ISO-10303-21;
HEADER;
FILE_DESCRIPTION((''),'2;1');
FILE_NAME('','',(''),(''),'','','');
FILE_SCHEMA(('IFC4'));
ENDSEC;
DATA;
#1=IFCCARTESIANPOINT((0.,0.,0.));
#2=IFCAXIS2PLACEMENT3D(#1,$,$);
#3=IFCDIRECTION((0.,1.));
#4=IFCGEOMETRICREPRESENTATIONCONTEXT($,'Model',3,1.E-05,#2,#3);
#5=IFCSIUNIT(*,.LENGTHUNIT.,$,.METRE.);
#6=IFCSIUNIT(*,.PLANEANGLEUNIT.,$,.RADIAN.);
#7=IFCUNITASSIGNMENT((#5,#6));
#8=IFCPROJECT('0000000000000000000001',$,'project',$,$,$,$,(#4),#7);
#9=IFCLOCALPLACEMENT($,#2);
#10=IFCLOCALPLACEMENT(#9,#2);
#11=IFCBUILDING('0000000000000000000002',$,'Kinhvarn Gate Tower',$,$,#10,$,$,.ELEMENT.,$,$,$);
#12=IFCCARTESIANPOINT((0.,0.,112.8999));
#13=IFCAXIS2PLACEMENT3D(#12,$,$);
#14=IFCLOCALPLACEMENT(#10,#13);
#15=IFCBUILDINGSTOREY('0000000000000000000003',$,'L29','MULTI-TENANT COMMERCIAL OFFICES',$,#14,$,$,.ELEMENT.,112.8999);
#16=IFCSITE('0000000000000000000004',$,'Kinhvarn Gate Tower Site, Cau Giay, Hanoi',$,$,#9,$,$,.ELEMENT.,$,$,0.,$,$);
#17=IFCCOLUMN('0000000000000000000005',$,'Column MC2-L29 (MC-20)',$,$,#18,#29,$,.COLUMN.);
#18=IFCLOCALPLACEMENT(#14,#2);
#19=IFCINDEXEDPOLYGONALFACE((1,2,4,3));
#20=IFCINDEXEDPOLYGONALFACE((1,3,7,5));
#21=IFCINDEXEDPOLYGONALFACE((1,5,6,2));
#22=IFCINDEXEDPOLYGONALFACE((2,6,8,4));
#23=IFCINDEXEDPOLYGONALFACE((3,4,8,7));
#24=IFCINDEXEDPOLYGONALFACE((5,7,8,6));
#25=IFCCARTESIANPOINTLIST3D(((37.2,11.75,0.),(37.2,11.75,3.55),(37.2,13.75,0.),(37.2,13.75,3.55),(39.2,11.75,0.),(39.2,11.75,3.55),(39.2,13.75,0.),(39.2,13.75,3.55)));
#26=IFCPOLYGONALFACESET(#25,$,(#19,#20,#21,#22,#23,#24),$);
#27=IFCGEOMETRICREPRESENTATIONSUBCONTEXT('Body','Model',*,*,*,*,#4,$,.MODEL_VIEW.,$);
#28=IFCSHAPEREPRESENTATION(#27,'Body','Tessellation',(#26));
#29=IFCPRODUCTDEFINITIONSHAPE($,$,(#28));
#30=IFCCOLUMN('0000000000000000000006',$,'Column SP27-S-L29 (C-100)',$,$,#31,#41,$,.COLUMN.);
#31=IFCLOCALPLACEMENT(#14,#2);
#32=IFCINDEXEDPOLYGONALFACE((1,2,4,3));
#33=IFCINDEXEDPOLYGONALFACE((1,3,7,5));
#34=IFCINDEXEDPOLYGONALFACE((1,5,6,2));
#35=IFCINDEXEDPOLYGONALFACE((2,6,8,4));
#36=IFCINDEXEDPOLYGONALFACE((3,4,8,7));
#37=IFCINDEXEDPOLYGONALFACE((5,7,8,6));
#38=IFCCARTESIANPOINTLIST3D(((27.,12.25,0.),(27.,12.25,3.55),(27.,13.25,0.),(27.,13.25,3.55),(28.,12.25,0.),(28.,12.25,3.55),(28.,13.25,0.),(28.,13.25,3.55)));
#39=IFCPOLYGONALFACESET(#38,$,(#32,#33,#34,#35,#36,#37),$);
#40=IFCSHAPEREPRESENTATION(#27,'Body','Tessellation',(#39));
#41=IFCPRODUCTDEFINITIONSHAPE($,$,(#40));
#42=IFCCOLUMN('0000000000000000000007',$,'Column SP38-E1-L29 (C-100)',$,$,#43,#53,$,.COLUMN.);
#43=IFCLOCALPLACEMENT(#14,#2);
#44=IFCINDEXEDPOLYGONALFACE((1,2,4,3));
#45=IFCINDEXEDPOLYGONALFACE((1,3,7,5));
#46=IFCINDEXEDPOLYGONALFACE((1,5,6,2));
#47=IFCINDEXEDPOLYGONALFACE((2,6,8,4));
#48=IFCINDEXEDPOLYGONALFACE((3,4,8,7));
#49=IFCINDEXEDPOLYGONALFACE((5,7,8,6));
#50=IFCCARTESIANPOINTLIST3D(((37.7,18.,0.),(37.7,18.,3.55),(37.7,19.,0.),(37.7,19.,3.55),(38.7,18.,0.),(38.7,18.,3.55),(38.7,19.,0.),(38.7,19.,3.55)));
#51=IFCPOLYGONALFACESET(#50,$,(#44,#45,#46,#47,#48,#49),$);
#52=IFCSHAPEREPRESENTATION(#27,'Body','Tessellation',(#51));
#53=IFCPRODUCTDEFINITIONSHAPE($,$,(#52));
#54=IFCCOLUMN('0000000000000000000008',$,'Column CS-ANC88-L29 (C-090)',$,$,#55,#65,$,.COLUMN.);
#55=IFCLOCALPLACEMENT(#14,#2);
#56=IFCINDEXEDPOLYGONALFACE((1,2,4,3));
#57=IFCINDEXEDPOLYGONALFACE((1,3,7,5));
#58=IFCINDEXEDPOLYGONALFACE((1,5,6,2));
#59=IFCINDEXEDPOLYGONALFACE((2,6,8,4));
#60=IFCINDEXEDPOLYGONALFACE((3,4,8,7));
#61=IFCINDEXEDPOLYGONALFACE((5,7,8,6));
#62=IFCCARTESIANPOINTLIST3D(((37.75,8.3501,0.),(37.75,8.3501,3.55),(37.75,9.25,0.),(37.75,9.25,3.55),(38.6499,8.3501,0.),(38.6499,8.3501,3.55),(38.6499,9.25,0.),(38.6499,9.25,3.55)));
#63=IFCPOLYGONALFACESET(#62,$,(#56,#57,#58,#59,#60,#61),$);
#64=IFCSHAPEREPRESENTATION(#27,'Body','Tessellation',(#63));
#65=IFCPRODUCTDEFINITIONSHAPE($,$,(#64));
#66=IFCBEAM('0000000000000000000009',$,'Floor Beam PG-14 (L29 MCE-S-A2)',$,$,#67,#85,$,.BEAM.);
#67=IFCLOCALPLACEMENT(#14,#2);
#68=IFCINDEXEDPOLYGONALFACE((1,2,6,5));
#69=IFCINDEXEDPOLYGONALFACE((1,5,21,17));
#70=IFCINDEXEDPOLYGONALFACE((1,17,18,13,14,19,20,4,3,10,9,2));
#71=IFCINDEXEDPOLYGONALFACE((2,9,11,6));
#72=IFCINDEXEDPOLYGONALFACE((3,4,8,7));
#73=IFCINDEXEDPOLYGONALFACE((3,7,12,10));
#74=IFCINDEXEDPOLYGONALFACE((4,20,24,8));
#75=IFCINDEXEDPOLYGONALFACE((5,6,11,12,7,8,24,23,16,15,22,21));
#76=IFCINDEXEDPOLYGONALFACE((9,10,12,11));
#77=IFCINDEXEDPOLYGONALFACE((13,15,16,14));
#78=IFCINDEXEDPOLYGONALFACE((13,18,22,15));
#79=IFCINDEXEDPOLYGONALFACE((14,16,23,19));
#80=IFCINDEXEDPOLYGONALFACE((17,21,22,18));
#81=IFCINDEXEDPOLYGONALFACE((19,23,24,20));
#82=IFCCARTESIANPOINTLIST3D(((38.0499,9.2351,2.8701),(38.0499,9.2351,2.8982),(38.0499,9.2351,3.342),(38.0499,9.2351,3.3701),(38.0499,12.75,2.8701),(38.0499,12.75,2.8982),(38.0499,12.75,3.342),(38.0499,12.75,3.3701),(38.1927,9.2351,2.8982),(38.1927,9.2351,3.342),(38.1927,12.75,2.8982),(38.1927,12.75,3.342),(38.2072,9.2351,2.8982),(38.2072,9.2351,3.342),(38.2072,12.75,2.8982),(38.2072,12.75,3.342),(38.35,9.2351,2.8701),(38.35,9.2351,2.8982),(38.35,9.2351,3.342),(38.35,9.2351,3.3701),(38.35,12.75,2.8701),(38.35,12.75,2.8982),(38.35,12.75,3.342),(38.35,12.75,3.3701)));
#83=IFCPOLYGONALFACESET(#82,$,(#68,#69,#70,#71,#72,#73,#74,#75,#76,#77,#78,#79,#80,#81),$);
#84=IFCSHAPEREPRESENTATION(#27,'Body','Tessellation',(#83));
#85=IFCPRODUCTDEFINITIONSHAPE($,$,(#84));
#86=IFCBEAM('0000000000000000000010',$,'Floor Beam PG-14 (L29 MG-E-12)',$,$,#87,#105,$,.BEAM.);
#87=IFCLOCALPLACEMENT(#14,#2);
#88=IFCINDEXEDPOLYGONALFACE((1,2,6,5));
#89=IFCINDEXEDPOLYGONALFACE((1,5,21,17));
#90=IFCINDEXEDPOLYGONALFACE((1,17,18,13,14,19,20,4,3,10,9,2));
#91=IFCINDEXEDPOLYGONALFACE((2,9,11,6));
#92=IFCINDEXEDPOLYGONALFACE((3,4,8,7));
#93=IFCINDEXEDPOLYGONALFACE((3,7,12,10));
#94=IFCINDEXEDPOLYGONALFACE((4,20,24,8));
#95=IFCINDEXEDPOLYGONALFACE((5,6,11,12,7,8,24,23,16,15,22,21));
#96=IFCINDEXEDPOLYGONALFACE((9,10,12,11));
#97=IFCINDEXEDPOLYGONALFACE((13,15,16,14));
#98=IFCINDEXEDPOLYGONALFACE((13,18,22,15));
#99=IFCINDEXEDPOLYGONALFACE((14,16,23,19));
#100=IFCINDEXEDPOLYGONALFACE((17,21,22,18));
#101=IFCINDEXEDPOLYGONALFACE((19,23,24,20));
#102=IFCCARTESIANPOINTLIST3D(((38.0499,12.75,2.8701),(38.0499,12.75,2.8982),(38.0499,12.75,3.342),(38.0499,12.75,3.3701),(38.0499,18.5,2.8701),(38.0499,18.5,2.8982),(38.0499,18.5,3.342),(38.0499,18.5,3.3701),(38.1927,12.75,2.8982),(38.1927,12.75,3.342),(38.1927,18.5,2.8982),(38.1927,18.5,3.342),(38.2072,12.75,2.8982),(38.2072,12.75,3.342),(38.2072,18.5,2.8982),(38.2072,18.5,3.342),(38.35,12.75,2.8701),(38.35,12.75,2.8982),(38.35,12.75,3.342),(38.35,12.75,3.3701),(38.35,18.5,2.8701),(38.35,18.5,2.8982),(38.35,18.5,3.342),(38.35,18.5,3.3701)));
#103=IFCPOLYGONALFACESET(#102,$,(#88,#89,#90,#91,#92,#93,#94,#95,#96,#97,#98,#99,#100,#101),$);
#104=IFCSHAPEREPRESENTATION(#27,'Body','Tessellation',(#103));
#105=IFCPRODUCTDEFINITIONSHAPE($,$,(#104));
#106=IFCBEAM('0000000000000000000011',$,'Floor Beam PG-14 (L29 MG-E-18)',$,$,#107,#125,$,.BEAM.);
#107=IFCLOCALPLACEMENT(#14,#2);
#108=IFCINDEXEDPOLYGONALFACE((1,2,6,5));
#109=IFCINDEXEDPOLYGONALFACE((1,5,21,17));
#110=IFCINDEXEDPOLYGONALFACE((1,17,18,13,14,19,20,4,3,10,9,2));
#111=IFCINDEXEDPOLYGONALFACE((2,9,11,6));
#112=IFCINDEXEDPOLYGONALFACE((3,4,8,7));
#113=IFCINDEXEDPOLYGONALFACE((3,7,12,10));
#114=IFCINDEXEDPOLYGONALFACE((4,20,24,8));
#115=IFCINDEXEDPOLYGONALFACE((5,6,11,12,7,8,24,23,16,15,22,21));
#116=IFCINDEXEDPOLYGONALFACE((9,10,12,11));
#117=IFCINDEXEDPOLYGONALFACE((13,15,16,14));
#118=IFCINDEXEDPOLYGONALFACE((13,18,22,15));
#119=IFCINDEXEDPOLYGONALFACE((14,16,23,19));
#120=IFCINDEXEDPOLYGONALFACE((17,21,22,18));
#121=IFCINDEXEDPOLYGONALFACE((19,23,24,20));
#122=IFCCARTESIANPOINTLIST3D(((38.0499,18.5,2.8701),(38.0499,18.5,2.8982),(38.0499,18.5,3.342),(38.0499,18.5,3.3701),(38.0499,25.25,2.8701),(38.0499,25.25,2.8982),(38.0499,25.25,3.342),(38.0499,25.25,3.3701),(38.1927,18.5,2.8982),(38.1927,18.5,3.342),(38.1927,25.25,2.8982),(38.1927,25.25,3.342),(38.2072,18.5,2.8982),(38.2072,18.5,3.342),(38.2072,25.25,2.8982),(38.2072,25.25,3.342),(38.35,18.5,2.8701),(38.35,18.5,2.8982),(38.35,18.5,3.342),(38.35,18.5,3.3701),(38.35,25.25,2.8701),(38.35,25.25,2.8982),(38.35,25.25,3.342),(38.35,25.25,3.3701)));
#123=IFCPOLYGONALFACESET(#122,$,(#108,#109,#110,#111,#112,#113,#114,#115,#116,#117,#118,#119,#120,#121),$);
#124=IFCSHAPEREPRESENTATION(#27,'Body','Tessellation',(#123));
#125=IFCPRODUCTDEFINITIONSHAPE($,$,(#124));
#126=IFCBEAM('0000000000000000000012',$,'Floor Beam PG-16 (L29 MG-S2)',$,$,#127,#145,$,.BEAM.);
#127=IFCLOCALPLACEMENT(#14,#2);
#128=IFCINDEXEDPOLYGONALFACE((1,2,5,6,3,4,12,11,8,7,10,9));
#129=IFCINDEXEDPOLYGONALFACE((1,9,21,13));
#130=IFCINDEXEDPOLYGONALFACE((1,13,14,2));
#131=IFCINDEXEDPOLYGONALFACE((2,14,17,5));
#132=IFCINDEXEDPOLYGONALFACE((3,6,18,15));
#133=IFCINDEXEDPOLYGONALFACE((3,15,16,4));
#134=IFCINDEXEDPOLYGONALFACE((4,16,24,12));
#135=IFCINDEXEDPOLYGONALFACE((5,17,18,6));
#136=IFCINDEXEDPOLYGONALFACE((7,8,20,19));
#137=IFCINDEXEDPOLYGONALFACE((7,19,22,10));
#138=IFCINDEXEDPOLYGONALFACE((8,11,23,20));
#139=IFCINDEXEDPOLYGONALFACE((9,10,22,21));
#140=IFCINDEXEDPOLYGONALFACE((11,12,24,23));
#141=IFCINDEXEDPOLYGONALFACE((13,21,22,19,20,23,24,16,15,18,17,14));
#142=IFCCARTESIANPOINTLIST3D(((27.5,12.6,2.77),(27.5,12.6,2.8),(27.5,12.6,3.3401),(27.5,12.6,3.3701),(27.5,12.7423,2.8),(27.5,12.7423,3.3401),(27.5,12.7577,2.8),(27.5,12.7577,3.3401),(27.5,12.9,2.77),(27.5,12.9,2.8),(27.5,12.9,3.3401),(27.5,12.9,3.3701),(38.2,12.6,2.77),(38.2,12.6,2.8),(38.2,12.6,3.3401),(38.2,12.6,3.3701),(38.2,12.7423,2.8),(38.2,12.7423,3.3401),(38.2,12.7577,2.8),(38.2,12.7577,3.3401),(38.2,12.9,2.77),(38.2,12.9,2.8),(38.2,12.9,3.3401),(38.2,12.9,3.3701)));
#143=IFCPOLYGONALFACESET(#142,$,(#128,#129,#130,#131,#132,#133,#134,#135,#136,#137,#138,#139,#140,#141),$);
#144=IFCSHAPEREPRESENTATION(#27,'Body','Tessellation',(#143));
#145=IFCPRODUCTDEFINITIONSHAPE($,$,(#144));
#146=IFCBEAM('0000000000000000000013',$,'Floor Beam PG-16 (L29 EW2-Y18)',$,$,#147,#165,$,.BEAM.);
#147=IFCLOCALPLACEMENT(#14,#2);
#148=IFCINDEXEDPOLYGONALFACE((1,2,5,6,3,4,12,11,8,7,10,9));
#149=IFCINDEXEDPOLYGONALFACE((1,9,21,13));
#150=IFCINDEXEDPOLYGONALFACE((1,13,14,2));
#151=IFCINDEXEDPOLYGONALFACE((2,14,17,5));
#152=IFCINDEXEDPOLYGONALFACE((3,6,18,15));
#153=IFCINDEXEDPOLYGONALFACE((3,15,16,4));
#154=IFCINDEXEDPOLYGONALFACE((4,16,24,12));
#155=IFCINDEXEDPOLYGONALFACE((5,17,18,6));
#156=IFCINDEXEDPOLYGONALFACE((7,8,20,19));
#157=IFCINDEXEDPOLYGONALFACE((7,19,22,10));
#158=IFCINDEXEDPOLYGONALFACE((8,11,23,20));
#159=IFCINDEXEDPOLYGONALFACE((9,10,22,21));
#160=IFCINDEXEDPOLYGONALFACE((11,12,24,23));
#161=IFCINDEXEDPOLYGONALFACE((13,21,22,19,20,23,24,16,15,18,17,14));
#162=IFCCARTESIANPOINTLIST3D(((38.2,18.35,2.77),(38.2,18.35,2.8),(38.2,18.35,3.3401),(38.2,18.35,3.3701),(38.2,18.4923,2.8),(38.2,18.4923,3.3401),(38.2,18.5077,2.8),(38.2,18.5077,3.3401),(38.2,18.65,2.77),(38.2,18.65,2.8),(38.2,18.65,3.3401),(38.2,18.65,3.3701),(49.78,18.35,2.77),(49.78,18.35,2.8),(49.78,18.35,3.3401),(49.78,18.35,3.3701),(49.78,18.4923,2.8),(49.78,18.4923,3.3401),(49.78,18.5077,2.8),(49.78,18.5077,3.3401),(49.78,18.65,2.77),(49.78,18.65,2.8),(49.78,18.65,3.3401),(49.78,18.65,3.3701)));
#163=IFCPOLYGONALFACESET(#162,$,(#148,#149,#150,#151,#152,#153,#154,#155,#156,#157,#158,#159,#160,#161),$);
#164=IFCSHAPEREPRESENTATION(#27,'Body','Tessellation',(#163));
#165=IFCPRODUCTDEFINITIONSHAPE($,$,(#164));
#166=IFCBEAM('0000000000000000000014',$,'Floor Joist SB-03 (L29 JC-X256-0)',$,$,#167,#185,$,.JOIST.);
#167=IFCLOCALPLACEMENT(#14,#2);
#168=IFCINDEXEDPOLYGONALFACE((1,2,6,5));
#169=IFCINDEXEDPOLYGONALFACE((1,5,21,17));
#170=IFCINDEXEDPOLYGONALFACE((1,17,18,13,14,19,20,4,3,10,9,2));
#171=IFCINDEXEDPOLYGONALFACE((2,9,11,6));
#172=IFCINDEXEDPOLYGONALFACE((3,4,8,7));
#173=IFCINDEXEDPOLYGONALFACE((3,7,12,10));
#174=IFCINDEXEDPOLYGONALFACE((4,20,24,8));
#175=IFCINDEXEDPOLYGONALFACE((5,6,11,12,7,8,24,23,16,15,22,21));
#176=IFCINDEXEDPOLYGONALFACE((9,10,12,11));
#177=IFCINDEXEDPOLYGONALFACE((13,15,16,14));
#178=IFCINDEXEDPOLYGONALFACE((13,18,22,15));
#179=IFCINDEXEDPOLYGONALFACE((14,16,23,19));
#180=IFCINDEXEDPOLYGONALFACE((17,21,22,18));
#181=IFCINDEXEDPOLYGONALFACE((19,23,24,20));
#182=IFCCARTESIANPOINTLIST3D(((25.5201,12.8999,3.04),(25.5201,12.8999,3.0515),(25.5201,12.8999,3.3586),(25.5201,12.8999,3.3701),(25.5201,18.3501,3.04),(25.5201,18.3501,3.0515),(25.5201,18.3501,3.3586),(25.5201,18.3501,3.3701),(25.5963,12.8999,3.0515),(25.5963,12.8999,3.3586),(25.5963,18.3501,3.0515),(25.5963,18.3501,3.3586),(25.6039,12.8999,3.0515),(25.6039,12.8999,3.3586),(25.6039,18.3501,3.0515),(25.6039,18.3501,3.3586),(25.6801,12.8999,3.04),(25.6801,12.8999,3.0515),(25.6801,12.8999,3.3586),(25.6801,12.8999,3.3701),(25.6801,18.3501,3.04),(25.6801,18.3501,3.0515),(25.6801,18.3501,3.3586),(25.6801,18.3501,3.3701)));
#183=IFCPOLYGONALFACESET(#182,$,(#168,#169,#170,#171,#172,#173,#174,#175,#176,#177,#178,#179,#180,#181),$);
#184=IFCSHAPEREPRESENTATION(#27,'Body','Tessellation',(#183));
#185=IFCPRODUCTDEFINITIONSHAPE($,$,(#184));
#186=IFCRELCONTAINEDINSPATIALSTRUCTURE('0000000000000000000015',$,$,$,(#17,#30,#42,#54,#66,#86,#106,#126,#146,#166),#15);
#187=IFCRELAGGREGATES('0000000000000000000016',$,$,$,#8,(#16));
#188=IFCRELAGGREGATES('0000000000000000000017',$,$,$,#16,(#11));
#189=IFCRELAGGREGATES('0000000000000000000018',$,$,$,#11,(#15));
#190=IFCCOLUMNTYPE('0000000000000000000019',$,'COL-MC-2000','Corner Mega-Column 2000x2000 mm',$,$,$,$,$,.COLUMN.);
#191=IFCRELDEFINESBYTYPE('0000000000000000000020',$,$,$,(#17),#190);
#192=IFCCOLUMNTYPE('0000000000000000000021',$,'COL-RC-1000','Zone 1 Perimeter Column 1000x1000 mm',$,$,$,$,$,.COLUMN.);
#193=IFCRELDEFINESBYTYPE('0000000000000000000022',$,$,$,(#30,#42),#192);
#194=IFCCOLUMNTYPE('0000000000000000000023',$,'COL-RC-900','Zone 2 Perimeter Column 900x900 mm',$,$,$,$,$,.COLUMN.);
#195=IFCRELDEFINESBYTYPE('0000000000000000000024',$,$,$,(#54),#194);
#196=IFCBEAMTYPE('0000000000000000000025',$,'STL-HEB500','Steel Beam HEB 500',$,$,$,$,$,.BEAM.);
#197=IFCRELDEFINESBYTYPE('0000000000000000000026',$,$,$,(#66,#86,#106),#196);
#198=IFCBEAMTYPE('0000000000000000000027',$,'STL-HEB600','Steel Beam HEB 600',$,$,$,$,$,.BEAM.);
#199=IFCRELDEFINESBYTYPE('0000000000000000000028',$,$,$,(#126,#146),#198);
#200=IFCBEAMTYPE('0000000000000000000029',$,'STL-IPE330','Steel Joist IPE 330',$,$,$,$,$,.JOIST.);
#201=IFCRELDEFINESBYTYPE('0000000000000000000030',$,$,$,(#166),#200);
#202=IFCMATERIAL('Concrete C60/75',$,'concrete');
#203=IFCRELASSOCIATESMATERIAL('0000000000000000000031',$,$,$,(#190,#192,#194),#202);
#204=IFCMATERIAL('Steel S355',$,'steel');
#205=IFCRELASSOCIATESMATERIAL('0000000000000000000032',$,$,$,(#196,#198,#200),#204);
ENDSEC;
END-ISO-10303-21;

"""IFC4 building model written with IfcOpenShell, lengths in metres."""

from ifc_helpers import new_model, si_unit, direction, frame, origin, origin_2d, place, context, subcontext, project, spatial, rectangle, i_section, extrude, material, material_profile, profile_set, type_object, element, save


model = new_model("IFC4")

# Units and contexts
model_context = context("Model", 3, precision=1e-05, world=origin(), true_north=direction((0.0, 1.0)))
body_context = subcontext(model_context, "Body", "Model", "MODEL_VIEW")
ifc_project = project(units=[si_unit("LENGTHUNIT", "METRE"), si_unit("PLANEANGLEUNIT", "RADIAN")], contexts=[model_context])

# Site, building, storey
site_placement = place(None, origin())
site = spatial("IfcSite", under=ifc_project, at=site_placement, Name="Kinhvarn Gate Tower Site, Cau Giay, Hanoi", CompositionType="ELEMENT", RefElevation=0.0)
building_placement = place(site_placement, origin())
building = spatial("IfcBuilding", under=site, at=building_placement, Name="Kinhvarn Gate Tower", CompositionType="ELEMENT")
storey_placement = place(building_placement, frame((0.0, 0.0, 112.8999)))
storey = spatial("IfcBuildingStorey", under=building, at=storey_placement, Name="L29", Description="MULTI-TENANT COMMERCIAL OFFICES", CompositionType="ELEMENT", Elevation=112.8999)

# Columns
ifc_material_1 = material(Name="Concrete C60/75", Category="concrete")
ifc_material_profile_1 = material_profile(ifc_material_1, rectangle(XDim=2.0, YDim=2.0, at=origin_2d()), Name="RC 2000x2000")
ifc_profile_set_1 = profile_set([ifc_material_profile_1], Name="Concrete C60/75")
column_type_1 = type_object("IfcColumnType", Name="COL-MC-2000", Description="Corner Mega-Column 2000x2000 mm", PredefinedType="COLUMN", material=ifc_profile_set_1)
column_1_placement = place(storey_placement, frame((38.2, 12.75, 0.0), z_axis=(0.0, 0.0, 1.0), x_axis=(1.0, 0.0, 0.0)))
element("IfcColumn", 1, at=column_1_placement, inside=storey, type_object=column_type_1, Name="Column MC2-L29 (MC-20)", PredefinedType="COLUMN", context=body_context, shape_type="SweptSolid", body=[
    extrude(rectangle(XDim=2.0, YDim=2.0, at=origin_2d()), origin(), (0.0, 0.0, 1.0), 3.55),
])
ifc_material_profile_2 = material_profile(ifc_material_1, rectangle(XDim=1.0, YDim=1.0, at=origin_2d()), Name="RC 1000x1000")
ifc_profile_set_2 = profile_set([ifc_material_profile_2], Name="Concrete C60/75")
column_type_2 = type_object("IfcColumnType", Name="COL-RC-1000", Description="Zone 1 Perimeter Column 1000x1000 mm", PredefinedType="COLUMN", material=ifc_profile_set_2)
for number, where, z_axis, x_axis, name in (
    (2, (27.5, 12.75, 0.0), (0.0, 0.0, 1.0), (1.0, 0.0, 0.0), "Column SP27-S-L29 (C-100)"),
    (3, (38.2, 18.5, 0.0), (0.0, 0.0, 1.0), (1.0, 0.0, 0.0), "Column SP38-E1-L29 (C-100)"),
):
    element("IfcColumn", number, at=place(storey_placement, frame(where, z_axis=z_axis, x_axis=x_axis)), inside=storey, type_object=column_type_2, Name=name, PredefinedType="COLUMN", context=body_context, shape_type="SweptSolid", body=[
        extrude(rectangle(XDim=1.0, YDim=1.0, at=origin_2d()), origin(), (0.0, 0.0, 1.0), 3.55),
    ])
ifc_material_profile_3 = material_profile(ifc_material_1, rectangle(XDim=0.8999, YDim=0.8999, at=origin_2d()), Name="RC 900x900")
ifc_profile_set_3 = profile_set([ifc_material_profile_3], Name="Concrete C60/75")
column_type_3 = type_object("IfcColumnType", Name="COL-RC-900", Description="Zone 2 Perimeter Column 900x900 mm", PredefinedType="COLUMN", material=ifc_profile_set_3)
column_2_placement = place(storey_placement, frame((38.2, 8.8, 0.0), z_axis=(0.0, 0.0, 1.0), x_axis=(1.0, 0.0, 0.0)))
element("IfcColumn", 4, at=column_2_placement, inside=storey, type_object=column_type_3, Name="Column CS-ANC88-L29 (C-090)", PredefinedType="COLUMN", context=body_context, shape_type="SweptSolid", body=[
    extrude(rectangle(XDim=0.8999, YDim=0.8999, at=origin_2d()), origin(), (0.0, 0.0, 1.0), 3.55),
])

# Beams
ifc_material_2 = material(Name="Steel S355", Category="steel")
ifc_material_profile_4 = material_profile(ifc_material_2, i_section(OverallWidth=0.3, OverallDepth=0.5, WebThickness=0.0144, FlangeThickness=0.0281, at=origin_2d()), Name="HEB 500")
ifc_profile_set_4 = profile_set([ifc_material_profile_4], Name="Steel S355")
beam_type_1 = type_object("IfcBeamType", Name="STL-HEB500", Description="Steel Beam HEB 500", PredefinedType="BEAM", material=ifc_profile_set_4)
beam_1_placement = place(storey_placement, frame((38.2, 9.2351, 3.1201), z_axis=(0.0, 1.0, 0.0), x_axis=(-1.0, 0.0, 0.0)))
element("IfcBeam", 5, at=beam_1_placement, inside=storey, type_object=beam_type_1, Name="Floor Beam PG-14 (L29 MCE-S-A2)", PredefinedType="BEAM", context=body_context, shape_type="SweptSolid", body=[
    extrude(i_section(OverallWidth=0.3, OverallDepth=0.5, WebThickness=0.0144, FlangeThickness=0.0281, at=origin_2d()), origin(), (0.0, 0.0, 1.0), 3.5149),
])
beam_2_placement = place(storey_placement, frame((38.2, 12.75, 3.1201), z_axis=(0.0, 1.0, 0.0), x_axis=(-1.0, 0.0, 0.0)))
element("IfcBeam", 6, at=beam_2_placement, inside=storey, type_object=beam_type_1, Name="Floor Beam PG-14 (L29 MG-E-12)", PredefinedType="BEAM", context=body_context, shape_type="SweptSolid", body=[
    extrude(i_section(OverallWidth=0.3, OverallDepth=0.5, WebThickness=0.0144, FlangeThickness=0.0281, at=origin_2d()), origin(), (0.0, 0.0, 1.0), 5.75),
])
beam_3_placement = place(storey_placement, frame((38.2, 18.5, 3.1201), z_axis=(0.0, 1.0, 0.0), x_axis=(-1.0, 0.0, 0.0)))
element("IfcBeam", 7, at=beam_3_placement, inside=storey, type_object=beam_type_1, Name="Floor Beam PG-14 (L29 MG-E-18)", PredefinedType="BEAM", context=body_context, shape_type="SweptSolid", body=[
    extrude(i_section(OverallWidth=0.3, OverallDepth=0.5, WebThickness=0.0144, FlangeThickness=0.0281, at=origin_2d()), origin(), (0.0, 0.0, 1.0), 6.75),
])
ifc_material_profile_5 = material_profile(ifc_material_2, i_section(OverallWidth=0.3, OverallDepth=0.6001, WebThickness=0.0154, FlangeThickness=0.03, at=origin_2d()), Name="HEB 600")
ifc_profile_set_5 = profile_set([ifc_material_profile_5], Name="Steel S355")
beam_type_2 = type_object("IfcBeamType", Name="STL-HEB600", Description="Steel Beam HEB 600", PredefinedType="BEAM", material=ifc_profile_set_5)
beam_4_placement = place(storey_placement, frame((27.5, 12.75, 3.0701), z_axis=(1.0, 0.0, 0.0), x_axis=(0.0, 1.0, 0.0)))
element("IfcBeam", 8, at=beam_4_placement, inside=storey, type_object=beam_type_2, Name="Floor Beam PG-16 (L29 MG-S2)", PredefinedType="BEAM", context=body_context, shape_type="SweptSolid", body=[
    extrude(i_section(OverallWidth=0.3, OverallDepth=0.6001, WebThickness=0.0154, FlangeThickness=0.03, at=origin_2d()), origin(), (0.0, 0.0, 1.0), 10.7),
])
beam_5_placement = place(storey_placement, frame((38.2, 18.5, 3.0701), z_axis=(1.0, 0.0, 0.0), x_axis=(0.0, 1.0, 0.0)))
element("IfcBeam", 9, at=beam_5_placement, inside=storey, type_object=beam_type_2, Name="Floor Beam PG-16 (L29 EW2-Y18)", PredefinedType="BEAM", context=body_context, shape_type="SweptSolid", body=[
    extrude(i_section(OverallWidth=0.3, OverallDepth=0.6001, WebThickness=0.0154, FlangeThickness=0.03, at=origin_2d()), origin(), (0.0, 0.0, 1.0), 11.5801),
])
ifc_material_profile_6 = material_profile(ifc_material_2, i_section(OverallWidth=0.1599, OverallDepth=0.3301, WebThickness=0.0076, FlangeThickness=0.0115, at=origin_2d()), Name="IPE 330")
ifc_profile_set_6 = profile_set([ifc_material_profile_6], Name="Steel S355")
beam_type_3 = type_object("IfcBeamType", Name="STL-IPE330", Description="Steel Joist IPE 330", PredefinedType="JOIST", material=ifc_profile_set_6)
beam_6_placement = place(storey_placement, frame((25.6001, 12.8999, 3.2051), z_axis=(0.0, 1.0, 0.0), x_axis=(-1.0, 0.0, 0.0)))
element("IfcBeam", 10, at=beam_6_placement, inside=storey, type_object=beam_type_3, Name="Floor Joist SB-03 (L29 JC-X256-0)", PredefinedType="JOIST", context=body_context, shape_type="SweptSolid", body=[
    extrude(i_section(OverallWidth=0.1599, OverallDepth=0.3301, WebThickness=0.0076, FlangeThickness=0.0115, at=origin_2d()), origin(), (0.0, 0.0, 1.0), 5.4502),
])

save(model, "model.ifc")
